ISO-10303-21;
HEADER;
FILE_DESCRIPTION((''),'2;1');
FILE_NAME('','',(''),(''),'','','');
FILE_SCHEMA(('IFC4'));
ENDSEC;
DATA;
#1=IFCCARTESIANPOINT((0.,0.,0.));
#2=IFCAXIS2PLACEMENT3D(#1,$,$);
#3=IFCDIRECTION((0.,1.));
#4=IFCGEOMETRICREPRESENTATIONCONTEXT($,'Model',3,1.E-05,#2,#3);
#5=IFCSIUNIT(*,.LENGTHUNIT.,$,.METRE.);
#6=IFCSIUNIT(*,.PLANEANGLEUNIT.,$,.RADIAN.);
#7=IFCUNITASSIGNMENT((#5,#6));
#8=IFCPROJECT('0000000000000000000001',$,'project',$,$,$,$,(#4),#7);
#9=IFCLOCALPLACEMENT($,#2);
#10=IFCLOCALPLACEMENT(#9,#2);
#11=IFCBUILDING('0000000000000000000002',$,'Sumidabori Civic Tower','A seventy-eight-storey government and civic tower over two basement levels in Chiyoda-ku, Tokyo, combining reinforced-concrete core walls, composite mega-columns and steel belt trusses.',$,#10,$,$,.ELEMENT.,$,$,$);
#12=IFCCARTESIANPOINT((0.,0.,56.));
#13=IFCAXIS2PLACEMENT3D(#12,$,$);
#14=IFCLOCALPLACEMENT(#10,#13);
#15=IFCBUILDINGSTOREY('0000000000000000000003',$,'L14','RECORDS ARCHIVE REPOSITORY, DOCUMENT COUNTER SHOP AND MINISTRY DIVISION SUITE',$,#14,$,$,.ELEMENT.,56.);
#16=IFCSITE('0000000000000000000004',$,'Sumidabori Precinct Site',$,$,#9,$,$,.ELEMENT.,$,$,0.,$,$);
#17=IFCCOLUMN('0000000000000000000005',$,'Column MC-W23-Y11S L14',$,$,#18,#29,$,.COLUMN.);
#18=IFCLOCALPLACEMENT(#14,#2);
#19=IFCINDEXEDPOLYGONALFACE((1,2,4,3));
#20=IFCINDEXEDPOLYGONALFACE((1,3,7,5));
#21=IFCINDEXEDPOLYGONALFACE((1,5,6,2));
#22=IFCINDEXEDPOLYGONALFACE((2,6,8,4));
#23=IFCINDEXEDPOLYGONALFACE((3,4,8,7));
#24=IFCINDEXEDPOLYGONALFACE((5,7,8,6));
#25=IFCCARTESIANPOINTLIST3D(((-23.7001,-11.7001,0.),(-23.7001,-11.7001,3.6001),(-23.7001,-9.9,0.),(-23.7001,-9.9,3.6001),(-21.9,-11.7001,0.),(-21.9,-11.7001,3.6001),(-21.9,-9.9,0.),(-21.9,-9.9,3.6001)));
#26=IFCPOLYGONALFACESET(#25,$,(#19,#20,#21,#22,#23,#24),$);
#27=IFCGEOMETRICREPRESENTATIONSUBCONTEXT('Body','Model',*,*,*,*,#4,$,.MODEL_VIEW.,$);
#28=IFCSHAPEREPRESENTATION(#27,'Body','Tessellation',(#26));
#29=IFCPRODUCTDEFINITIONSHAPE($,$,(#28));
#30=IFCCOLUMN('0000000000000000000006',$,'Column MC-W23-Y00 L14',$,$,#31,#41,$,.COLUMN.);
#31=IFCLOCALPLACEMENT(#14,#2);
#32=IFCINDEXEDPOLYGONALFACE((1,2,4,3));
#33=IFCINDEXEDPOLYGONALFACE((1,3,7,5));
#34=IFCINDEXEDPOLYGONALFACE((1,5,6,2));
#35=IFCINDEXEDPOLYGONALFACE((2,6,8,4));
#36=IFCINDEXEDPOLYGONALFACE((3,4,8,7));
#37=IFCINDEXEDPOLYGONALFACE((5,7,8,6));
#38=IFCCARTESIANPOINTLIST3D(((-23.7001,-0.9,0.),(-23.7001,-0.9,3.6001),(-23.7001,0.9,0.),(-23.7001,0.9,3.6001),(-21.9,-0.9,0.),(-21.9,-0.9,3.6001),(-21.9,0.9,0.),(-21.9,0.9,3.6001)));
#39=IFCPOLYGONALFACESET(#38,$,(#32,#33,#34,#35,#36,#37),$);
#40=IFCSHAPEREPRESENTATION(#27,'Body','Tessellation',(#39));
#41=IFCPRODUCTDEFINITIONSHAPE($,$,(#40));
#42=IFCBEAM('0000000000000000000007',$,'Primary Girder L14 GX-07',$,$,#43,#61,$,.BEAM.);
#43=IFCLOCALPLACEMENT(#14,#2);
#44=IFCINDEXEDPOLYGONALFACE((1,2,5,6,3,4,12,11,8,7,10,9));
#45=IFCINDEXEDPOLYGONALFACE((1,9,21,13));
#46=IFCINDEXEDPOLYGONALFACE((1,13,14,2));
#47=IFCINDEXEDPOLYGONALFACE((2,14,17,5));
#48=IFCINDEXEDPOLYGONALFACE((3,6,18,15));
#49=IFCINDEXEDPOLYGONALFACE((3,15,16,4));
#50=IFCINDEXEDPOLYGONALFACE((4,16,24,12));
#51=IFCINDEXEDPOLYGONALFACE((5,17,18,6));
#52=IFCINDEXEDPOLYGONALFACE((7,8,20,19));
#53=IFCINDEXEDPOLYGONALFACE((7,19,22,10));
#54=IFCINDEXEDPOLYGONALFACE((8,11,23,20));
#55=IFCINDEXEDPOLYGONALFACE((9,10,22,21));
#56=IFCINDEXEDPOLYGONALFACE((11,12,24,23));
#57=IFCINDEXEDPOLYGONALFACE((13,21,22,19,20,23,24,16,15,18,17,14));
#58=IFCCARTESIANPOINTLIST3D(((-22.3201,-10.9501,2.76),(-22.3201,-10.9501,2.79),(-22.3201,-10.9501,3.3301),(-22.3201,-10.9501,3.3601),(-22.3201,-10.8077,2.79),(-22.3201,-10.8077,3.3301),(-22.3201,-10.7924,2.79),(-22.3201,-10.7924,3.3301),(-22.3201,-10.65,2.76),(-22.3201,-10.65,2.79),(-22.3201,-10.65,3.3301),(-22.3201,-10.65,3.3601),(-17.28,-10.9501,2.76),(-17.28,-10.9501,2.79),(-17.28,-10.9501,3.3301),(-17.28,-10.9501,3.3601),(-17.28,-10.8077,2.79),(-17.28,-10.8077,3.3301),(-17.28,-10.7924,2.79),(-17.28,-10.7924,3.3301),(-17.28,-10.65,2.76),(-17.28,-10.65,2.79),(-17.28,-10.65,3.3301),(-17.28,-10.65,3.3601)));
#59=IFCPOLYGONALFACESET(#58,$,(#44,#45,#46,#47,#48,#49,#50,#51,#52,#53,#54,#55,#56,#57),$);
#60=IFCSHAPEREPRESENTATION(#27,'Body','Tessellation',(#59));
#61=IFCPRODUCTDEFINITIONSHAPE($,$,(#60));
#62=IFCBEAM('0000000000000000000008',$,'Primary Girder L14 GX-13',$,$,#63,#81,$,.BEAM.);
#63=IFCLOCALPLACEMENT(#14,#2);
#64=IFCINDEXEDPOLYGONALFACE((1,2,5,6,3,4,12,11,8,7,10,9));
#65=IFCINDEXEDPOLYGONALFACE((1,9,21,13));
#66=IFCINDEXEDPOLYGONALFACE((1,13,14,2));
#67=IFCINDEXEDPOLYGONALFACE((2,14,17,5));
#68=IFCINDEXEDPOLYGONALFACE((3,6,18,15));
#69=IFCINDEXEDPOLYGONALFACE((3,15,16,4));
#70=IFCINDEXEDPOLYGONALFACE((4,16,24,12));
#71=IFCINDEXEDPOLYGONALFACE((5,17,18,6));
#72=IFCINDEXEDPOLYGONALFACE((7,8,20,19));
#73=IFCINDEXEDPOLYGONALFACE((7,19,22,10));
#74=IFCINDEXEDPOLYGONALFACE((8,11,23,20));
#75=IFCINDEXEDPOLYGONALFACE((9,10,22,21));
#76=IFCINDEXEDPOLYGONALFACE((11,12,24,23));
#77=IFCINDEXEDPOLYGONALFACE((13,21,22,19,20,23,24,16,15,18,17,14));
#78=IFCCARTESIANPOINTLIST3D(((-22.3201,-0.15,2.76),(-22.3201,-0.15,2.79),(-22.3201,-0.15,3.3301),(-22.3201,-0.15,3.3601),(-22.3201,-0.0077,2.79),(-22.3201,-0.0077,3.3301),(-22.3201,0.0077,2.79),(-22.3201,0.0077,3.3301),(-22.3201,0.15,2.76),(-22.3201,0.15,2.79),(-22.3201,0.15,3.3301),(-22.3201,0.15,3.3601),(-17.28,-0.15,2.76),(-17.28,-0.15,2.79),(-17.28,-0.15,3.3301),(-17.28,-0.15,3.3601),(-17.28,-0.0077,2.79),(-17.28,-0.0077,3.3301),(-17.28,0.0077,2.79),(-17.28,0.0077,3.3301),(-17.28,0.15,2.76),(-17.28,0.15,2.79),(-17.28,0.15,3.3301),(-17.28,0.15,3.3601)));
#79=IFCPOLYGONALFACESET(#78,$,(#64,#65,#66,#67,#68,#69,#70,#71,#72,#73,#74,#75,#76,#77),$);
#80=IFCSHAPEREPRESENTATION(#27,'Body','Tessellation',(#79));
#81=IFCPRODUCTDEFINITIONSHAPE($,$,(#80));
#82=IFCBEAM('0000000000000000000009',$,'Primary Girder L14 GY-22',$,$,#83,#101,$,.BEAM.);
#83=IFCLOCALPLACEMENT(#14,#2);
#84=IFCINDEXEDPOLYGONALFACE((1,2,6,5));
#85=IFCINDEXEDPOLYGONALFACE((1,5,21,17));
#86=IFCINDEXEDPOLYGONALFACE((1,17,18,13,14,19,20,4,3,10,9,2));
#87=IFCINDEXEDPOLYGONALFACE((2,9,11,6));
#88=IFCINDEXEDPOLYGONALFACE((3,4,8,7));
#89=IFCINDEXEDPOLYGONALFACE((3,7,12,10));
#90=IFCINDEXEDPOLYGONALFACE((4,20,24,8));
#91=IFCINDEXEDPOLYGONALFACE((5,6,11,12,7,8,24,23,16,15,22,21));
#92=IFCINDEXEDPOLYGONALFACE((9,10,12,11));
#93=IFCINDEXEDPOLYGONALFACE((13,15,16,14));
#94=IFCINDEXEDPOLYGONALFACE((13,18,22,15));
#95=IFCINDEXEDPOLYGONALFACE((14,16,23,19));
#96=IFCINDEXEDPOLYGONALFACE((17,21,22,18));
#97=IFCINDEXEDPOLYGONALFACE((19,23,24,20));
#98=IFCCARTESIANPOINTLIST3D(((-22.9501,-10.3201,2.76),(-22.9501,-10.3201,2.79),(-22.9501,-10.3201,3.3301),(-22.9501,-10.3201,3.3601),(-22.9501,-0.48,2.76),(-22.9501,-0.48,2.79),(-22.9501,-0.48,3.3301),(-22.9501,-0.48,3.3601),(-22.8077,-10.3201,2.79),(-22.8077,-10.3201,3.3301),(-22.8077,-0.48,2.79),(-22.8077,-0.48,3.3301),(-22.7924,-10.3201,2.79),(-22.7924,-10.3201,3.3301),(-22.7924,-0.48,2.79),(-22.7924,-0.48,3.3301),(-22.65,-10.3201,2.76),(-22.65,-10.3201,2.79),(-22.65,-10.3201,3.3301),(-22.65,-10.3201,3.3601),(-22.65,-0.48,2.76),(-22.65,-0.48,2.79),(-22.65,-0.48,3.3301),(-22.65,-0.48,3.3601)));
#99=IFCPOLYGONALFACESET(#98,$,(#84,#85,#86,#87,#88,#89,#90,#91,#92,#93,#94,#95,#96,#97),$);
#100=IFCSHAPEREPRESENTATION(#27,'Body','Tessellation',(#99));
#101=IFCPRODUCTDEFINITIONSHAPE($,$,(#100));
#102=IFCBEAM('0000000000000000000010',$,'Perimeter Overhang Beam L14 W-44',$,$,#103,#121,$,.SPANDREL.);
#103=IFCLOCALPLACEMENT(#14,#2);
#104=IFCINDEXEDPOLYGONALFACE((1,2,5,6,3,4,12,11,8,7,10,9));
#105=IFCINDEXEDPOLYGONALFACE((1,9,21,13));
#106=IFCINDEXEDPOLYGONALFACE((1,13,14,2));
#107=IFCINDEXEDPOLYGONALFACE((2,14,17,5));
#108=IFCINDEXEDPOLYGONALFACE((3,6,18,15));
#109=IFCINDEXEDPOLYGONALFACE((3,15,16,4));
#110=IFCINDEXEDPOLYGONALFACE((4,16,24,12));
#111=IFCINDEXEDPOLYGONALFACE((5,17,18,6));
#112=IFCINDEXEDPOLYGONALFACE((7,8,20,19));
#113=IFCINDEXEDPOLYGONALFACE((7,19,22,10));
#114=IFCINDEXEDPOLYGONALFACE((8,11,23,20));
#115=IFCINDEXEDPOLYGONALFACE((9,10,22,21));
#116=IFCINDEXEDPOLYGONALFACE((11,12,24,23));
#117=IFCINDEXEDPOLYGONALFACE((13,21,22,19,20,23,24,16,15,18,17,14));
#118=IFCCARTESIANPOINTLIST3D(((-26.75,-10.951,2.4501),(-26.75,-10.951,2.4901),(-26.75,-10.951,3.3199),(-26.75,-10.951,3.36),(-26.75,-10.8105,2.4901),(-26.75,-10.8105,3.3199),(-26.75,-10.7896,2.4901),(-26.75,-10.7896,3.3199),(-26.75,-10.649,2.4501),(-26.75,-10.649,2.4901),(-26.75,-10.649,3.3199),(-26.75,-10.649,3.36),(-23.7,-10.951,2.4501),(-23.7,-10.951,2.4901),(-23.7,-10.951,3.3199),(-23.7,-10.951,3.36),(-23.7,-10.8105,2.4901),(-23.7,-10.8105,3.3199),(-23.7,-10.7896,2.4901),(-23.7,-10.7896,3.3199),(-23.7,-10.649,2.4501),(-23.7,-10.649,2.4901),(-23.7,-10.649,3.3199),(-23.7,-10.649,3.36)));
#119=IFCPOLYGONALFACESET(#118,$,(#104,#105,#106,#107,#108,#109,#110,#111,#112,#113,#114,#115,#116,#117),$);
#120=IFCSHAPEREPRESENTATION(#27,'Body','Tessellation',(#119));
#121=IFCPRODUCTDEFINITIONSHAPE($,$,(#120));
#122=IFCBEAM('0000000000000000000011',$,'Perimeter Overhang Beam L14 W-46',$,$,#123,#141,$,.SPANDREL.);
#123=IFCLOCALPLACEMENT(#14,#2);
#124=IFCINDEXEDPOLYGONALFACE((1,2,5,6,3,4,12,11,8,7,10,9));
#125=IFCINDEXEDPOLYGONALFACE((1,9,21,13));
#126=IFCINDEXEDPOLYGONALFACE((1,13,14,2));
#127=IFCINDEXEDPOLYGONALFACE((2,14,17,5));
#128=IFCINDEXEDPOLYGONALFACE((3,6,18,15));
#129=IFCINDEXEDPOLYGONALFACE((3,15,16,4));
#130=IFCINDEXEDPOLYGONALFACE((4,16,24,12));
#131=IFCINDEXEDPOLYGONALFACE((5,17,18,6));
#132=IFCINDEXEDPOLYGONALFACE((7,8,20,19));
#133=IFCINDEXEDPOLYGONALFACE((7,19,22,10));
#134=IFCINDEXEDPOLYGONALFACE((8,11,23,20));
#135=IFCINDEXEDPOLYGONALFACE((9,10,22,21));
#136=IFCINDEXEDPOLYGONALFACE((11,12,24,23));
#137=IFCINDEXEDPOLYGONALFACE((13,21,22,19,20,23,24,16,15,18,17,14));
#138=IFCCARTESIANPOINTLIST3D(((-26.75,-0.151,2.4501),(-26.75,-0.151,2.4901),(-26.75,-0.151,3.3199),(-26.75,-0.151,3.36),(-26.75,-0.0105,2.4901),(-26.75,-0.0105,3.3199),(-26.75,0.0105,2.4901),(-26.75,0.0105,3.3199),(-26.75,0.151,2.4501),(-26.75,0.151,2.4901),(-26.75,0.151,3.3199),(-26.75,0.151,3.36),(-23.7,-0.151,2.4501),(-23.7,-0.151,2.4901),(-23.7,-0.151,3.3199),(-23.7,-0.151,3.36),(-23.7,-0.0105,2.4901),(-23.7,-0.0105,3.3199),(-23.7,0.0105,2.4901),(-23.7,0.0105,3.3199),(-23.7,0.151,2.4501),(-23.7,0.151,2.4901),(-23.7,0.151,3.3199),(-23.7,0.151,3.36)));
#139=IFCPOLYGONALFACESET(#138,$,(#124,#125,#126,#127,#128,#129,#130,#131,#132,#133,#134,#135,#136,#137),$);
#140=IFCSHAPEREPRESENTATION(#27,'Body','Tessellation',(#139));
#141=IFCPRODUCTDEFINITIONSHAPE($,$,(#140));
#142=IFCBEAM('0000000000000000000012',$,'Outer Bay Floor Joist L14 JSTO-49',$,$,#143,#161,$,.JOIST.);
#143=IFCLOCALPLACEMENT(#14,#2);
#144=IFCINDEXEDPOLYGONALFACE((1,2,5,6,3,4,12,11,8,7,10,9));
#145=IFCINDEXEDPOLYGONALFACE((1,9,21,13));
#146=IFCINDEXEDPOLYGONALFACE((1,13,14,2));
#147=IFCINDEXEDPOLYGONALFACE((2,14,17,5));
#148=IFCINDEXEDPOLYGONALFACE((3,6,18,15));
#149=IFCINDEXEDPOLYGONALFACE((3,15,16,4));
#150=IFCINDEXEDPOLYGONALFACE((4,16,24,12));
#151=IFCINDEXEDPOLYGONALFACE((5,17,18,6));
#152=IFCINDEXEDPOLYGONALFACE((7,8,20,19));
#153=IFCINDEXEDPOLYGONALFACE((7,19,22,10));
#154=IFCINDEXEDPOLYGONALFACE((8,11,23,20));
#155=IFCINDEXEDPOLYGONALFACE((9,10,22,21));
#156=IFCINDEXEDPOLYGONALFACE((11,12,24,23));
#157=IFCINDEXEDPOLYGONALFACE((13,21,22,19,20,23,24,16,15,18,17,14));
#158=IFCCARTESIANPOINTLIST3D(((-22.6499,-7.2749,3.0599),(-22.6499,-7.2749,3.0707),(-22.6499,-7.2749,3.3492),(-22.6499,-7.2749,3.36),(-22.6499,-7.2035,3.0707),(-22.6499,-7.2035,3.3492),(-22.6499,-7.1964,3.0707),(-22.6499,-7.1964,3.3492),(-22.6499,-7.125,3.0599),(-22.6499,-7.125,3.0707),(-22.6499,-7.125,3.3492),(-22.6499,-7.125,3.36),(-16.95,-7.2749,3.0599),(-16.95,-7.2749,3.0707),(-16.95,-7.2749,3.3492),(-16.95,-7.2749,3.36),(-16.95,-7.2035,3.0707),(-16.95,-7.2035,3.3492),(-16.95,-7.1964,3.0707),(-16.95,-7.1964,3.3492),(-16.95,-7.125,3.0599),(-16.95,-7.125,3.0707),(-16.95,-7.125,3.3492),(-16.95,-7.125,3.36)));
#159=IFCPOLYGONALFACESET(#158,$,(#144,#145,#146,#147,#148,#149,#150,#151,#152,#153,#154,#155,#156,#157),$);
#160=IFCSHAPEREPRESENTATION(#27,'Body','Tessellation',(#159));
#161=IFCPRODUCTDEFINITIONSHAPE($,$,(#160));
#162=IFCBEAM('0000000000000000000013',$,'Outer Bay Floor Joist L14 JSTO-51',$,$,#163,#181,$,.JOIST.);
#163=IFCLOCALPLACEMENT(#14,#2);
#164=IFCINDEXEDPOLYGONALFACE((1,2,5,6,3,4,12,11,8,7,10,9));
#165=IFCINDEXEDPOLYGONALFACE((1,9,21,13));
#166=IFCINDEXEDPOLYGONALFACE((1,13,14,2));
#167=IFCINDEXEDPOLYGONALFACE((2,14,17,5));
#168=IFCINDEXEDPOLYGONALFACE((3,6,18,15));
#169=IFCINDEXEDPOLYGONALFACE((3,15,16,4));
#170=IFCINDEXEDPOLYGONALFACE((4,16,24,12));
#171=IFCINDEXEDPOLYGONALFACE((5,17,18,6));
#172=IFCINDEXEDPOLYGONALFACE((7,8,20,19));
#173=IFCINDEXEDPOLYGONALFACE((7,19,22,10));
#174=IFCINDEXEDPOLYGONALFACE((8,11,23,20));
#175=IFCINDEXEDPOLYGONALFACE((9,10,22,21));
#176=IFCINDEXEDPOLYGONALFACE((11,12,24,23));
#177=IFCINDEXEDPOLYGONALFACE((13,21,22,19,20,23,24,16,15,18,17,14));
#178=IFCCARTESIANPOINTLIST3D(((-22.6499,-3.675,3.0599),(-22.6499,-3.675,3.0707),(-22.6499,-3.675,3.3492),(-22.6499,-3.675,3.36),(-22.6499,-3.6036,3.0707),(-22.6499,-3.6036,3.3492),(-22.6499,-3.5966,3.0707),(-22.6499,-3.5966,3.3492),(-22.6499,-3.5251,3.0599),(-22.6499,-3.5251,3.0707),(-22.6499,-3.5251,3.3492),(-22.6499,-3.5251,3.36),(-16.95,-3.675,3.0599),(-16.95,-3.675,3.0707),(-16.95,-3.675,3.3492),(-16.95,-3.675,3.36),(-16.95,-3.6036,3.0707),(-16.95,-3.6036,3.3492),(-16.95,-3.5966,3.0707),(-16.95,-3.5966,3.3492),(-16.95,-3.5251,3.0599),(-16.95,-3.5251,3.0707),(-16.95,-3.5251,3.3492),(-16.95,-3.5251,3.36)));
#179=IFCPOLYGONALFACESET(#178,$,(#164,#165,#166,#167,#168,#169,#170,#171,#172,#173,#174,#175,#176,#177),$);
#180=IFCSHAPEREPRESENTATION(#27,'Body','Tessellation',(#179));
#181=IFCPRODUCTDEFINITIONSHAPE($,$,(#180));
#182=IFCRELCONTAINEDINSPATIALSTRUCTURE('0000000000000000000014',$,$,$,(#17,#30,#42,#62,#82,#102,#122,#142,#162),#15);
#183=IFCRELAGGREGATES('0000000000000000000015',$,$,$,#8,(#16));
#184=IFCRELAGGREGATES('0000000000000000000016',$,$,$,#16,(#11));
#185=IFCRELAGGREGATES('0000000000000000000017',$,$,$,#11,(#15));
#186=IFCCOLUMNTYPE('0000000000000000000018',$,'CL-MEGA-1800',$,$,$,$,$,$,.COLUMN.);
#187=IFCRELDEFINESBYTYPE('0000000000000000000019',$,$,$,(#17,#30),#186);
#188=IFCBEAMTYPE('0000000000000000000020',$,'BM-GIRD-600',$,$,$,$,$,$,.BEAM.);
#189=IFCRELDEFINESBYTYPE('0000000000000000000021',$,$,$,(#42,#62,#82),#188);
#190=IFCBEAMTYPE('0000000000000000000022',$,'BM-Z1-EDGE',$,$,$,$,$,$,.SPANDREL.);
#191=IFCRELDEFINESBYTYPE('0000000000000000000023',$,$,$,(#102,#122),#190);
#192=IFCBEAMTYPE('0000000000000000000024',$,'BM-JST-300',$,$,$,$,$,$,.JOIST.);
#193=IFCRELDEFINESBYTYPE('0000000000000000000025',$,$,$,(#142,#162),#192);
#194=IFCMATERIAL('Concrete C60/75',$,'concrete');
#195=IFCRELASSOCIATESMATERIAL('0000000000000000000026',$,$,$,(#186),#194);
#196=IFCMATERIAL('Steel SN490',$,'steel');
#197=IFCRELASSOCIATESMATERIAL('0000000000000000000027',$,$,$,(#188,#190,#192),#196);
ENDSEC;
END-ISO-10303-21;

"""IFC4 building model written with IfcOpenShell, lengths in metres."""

from ifc_helpers import new_model, si_unit, direction, frame, origin, origin_2d, place, context, subcontext, project, spatial, rectangle, i_section, extrude, source, transform, mapped, material, material_profile, profile_set, type_object, element, save


model = new_model("IFC4")

# Units and contexts
model_context = context("Model", 3, precision=1e-05, world=origin(), true_north=direction((0.0, 1.0)))
body_context = subcontext(model_context, "Body", "Model", "MODEL_VIEW")
ifc_project = project(units=[si_unit("LENGTHUNIT", "METRE"), si_unit("PLANEANGLEUNIT", "RADIAN")], contexts=[model_context])

# Site, building, storey
site_placement = place(None, origin())
site = spatial("IfcSite", under=ifc_project, at=site_placement, Name="Sumidabori Precinct Site", CompositionType="ELEMENT", RefElevation=0.0)
building_placement = place(site_placement, origin())
building = spatial("IfcBuilding", under=site, at=building_placement, Name="Sumidabori Civic Tower", Description="A seventy-eight-storey government and civic tower over two basement levels in Chiyoda-ku, Tokyo, combining reinforced-concrete core walls, composite mega-columns and steel belt trusses.", CompositionType="ELEMENT")
storey_placement = place(building_placement, frame((0.0, 0.0, 56.0)))
storey = spatial("IfcBuildingStorey", under=building, at=storey_placement, Name="L14", Description="RECORDS ARCHIVE REPOSITORY, DOCUMENT COUNTER SHOP AND MINISTRY DIVISION SUITE", CompositionType="ELEMENT", Elevation=56.0)

# Columns
ifc_material_1 = material(Name="Concrete C60/75", Category="concrete")
ifc_material_profile_1 = material_profile(ifc_material_1, rectangle(XDim=1.8, YDim=1.8, at=origin_2d()), Name="RC 1800x1800")
ifc_profile_set_1 = profile_set([ifc_material_profile_1], Name="Concrete C60/75")
column_type = type_object("IfcColumnType", Name="CL-MEGA-1800", PredefinedType="COLUMN", material=ifc_profile_set_1)
shared_shape_1 = source(origin(), body_context, "Body", "SweptSolid", [
    extrude(rectangle(XDim=1.8, YDim=1.8, at=origin_2d()), origin(), (0.0, 0.0, 1.0), 3.6001),
])
for number, where, z_axis, x_axis, name in (
    (1, (-22.8, -10.8, 0.0), (0.0, 0.0, 1.0), (1.0, 0.0, 0.0), "Column MC-W23-Y11S L14"),
    (2, (-22.8, 0.0, 0.0), (0.0, 0.0, 1.0), (1.0, 0.0, 0.0), "Column MC-W23-Y00 L14"),
):
    element("IfcColumn", number, at=place(storey_placement, frame(where, z_axis=z_axis, x_axis=x_axis)), inside=storey, type_object=column_type, Name=name, PredefinedType="COLUMN", context=body_context, shape_type="MappedRepresentation", body=[
        mapped(shared_shape_1, transform((0.0, 0.0, 0.0), x_axis=(1.0, 0.0, 0.0), y_axis=(0.0, 1.0, 0.0), z_axis=(0.0, 0.0, 1.0), scale=1.0)),
    ])

# Beams
ifc_material_2 = material(Name="Steel SN490", Category="steel")
ifc_material_profile_2 = material_profile(ifc_material_2, i_section(OverallWidth=0.3, OverallDepth=0.6001, WebThickness=0.0154, FlangeThickness=0.03, at=origin_2d()), Name="HE 600 B")
ifc_profile_set_2 = profile_set([ifc_material_profile_2], Name="Steel SN490")
beam_type_1 = type_object("IfcBeamType", Name="BM-GIRD-600", PredefinedType="BEAM", material=ifc_profile_set_2)
shared_shape_2 = source(origin(), body_context, "Body", "SweptSolid", [
    extrude(i_section(OverallWidth=0.3, OverallDepth=0.6001, WebThickness=0.0154, FlangeThickness=0.03, at=origin_2d()), origin(), (0.0, 0.0, 1.0), 5.04),
])
for number, where, z_axis, x_axis, name in (
    (3, (-22.3201, -10.8, 3.0601), (1.0, 0.0, 0.0), (0.0, 1.0, 0.0), "Primary Girder L14 GX-07"),
    (4, (-22.3201, 0.0, 3.0601), (1.0, 0.0, 0.0), (0.0, 1.0, 0.0), "Primary Girder L14 GX-13"),
):
    element("IfcBeam", number, at=place(storey_placement, frame(where, z_axis=z_axis, x_axis=x_axis)), inside=storey, type_object=beam_type_1, Name=name, PredefinedType="BEAM", context=body_context, shape_type="MappedRepresentation", body=[
        mapped(shared_shape_2, transform((0.0, 0.0, 0.0), x_axis=(1.0, 0.0, 0.0), y_axis=(0.0, 1.0, 0.0), z_axis=(0.0, 0.0, 1.0), scale=1.0)),
    ])
shared_shape_3 = source(origin(), body_context, "Body", "SweptSolid", [
    extrude(i_section(OverallWidth=0.3, OverallDepth=0.6001, WebThickness=0.0154, FlangeThickness=0.03, at=origin_2d()), origin(), (0.0, 0.0, 1.0), 9.8401),
])
beam_placement = place(storey_placement, frame((-22.8, -10.3201, 3.0601), z_axis=(0.0, 1.0, 0.0), x_axis=(-1.0, 0.0, 0.0)))
element("IfcBeam", 5, at=beam_placement, inside=storey, type_object=beam_type_1, Name="Primary Girder L14 GY-22", PredefinedType="BEAM", context=body_context, shape_type="MappedRepresentation", body=[
    mapped(shared_shape_3, transform((0.0, 0.0, 0.0), x_axis=(1.0, 0.0, 0.0), y_axis=(0.0, 1.0, 0.0), z_axis=(0.0, 0.0, 1.0), scale=1.0)),
])
ifc_material_profile_3 = material_profile(ifc_material_2, i_section(OverallWidth=0.302, OverallDepth=0.9099, WebThickness=0.021, FlangeThickness=0.04, at=origin_2d()), Name="HE 900 M")
ifc_profile_set_3 = profile_set([ifc_material_profile_3], Name="Steel SN490")
beam_type_2 = type_object("IfcBeamType", Name="BM-Z1-EDGE", PredefinedType="SPANDREL", material=ifc_profile_set_3)
shared_shape_4 = source(origin(), body_context, "Body", "SweptSolid", [
    extrude(i_section(OverallWidth=0.302, OverallDepth=0.9099, WebThickness=0.021, FlangeThickness=0.04, at=origin_2d()), origin(), (0.0, 0.0, 1.0), 3.05),
])
for number, where, z_axis, x_axis, name in (
    (6, (-26.75, -10.8, 2.905), (1.0, 0.0, 0.0), (0.0, 1.0, 0.0), "Perimeter Overhang Beam L14 W-44"),
    (7, (-26.75, 0.0, 2.905), (1.0, 0.0, 0.0), (0.0, 1.0, 0.0), "Perimeter Overhang Beam L14 W-46"),
):
    element("IfcBeam", number, at=place(storey_placement, frame(where, z_axis=z_axis, x_axis=x_axis)), inside=storey, type_object=beam_type_2, Name=name, PredefinedType="SPANDREL", context=body_context, shape_type="MappedRepresentation", body=[
        mapped(shared_shape_4, transform((0.0, 0.0, 0.0), x_axis=(1.0, 0.0, 0.0), y_axis=(0.0, 1.0, 0.0), z_axis=(0.0, 0.0, 1.0), scale=1.0)),
    ])
ifc_material_profile_4 = material_profile(ifc_material_2, i_section(OverallWidth=0.1499, OverallDepth=0.3, WebThickness=0.0071, FlangeThickness=0.0107, at=origin_2d()), Name="IPE 300")
ifc_profile_set_4 = profile_set([ifc_material_profile_4], Name="Steel SN490")
beam_type_3 = type_object("IfcBeamType", Name="BM-JST-300", PredefinedType="JOIST", material=ifc_profile_set_4)
shared_shape_5 = source(origin(), body_context, "Body", "SweptSolid", [
    extrude(i_section(OverallWidth=0.1499, OverallDepth=0.3, WebThickness=0.0071, FlangeThickness=0.0107, at=origin_2d()), origin(), (0.0, 0.0, 1.0), 5.7),
])
for number, where, z_axis, x_axis, name in (
    (8, (-22.6499, -7.2, 3.21), (1.0, 0.0, 0.0), (0.0, 1.0, 0.0), "Outer Bay Floor Joist L14 JSTO-49"),
    (9, (-22.6499, -3.6001, 3.21), (1.0, 0.0, 0.0), (0.0, 1.0, 0.0), "Outer Bay Floor Joist L14 JSTO-51"),
):
    element("IfcBeam", number, at=place(storey_placement, frame(where, z_axis=z_axis, x_axis=x_axis)), inside=storey, type_object=beam_type_3, Name=name, PredefinedType="JOIST", context=body_context, shape_type="MappedRepresentation", body=[
        mapped(shared_shape_5, transform((0.0, 0.0, 0.0), x_axis=(1.0, 0.0, 0.0), y_axis=(0.0, 1.0, 0.0), z_axis=(0.0, 0.0, 1.0), scale=1.0)),
    ])

save(model, "model.ifc")
